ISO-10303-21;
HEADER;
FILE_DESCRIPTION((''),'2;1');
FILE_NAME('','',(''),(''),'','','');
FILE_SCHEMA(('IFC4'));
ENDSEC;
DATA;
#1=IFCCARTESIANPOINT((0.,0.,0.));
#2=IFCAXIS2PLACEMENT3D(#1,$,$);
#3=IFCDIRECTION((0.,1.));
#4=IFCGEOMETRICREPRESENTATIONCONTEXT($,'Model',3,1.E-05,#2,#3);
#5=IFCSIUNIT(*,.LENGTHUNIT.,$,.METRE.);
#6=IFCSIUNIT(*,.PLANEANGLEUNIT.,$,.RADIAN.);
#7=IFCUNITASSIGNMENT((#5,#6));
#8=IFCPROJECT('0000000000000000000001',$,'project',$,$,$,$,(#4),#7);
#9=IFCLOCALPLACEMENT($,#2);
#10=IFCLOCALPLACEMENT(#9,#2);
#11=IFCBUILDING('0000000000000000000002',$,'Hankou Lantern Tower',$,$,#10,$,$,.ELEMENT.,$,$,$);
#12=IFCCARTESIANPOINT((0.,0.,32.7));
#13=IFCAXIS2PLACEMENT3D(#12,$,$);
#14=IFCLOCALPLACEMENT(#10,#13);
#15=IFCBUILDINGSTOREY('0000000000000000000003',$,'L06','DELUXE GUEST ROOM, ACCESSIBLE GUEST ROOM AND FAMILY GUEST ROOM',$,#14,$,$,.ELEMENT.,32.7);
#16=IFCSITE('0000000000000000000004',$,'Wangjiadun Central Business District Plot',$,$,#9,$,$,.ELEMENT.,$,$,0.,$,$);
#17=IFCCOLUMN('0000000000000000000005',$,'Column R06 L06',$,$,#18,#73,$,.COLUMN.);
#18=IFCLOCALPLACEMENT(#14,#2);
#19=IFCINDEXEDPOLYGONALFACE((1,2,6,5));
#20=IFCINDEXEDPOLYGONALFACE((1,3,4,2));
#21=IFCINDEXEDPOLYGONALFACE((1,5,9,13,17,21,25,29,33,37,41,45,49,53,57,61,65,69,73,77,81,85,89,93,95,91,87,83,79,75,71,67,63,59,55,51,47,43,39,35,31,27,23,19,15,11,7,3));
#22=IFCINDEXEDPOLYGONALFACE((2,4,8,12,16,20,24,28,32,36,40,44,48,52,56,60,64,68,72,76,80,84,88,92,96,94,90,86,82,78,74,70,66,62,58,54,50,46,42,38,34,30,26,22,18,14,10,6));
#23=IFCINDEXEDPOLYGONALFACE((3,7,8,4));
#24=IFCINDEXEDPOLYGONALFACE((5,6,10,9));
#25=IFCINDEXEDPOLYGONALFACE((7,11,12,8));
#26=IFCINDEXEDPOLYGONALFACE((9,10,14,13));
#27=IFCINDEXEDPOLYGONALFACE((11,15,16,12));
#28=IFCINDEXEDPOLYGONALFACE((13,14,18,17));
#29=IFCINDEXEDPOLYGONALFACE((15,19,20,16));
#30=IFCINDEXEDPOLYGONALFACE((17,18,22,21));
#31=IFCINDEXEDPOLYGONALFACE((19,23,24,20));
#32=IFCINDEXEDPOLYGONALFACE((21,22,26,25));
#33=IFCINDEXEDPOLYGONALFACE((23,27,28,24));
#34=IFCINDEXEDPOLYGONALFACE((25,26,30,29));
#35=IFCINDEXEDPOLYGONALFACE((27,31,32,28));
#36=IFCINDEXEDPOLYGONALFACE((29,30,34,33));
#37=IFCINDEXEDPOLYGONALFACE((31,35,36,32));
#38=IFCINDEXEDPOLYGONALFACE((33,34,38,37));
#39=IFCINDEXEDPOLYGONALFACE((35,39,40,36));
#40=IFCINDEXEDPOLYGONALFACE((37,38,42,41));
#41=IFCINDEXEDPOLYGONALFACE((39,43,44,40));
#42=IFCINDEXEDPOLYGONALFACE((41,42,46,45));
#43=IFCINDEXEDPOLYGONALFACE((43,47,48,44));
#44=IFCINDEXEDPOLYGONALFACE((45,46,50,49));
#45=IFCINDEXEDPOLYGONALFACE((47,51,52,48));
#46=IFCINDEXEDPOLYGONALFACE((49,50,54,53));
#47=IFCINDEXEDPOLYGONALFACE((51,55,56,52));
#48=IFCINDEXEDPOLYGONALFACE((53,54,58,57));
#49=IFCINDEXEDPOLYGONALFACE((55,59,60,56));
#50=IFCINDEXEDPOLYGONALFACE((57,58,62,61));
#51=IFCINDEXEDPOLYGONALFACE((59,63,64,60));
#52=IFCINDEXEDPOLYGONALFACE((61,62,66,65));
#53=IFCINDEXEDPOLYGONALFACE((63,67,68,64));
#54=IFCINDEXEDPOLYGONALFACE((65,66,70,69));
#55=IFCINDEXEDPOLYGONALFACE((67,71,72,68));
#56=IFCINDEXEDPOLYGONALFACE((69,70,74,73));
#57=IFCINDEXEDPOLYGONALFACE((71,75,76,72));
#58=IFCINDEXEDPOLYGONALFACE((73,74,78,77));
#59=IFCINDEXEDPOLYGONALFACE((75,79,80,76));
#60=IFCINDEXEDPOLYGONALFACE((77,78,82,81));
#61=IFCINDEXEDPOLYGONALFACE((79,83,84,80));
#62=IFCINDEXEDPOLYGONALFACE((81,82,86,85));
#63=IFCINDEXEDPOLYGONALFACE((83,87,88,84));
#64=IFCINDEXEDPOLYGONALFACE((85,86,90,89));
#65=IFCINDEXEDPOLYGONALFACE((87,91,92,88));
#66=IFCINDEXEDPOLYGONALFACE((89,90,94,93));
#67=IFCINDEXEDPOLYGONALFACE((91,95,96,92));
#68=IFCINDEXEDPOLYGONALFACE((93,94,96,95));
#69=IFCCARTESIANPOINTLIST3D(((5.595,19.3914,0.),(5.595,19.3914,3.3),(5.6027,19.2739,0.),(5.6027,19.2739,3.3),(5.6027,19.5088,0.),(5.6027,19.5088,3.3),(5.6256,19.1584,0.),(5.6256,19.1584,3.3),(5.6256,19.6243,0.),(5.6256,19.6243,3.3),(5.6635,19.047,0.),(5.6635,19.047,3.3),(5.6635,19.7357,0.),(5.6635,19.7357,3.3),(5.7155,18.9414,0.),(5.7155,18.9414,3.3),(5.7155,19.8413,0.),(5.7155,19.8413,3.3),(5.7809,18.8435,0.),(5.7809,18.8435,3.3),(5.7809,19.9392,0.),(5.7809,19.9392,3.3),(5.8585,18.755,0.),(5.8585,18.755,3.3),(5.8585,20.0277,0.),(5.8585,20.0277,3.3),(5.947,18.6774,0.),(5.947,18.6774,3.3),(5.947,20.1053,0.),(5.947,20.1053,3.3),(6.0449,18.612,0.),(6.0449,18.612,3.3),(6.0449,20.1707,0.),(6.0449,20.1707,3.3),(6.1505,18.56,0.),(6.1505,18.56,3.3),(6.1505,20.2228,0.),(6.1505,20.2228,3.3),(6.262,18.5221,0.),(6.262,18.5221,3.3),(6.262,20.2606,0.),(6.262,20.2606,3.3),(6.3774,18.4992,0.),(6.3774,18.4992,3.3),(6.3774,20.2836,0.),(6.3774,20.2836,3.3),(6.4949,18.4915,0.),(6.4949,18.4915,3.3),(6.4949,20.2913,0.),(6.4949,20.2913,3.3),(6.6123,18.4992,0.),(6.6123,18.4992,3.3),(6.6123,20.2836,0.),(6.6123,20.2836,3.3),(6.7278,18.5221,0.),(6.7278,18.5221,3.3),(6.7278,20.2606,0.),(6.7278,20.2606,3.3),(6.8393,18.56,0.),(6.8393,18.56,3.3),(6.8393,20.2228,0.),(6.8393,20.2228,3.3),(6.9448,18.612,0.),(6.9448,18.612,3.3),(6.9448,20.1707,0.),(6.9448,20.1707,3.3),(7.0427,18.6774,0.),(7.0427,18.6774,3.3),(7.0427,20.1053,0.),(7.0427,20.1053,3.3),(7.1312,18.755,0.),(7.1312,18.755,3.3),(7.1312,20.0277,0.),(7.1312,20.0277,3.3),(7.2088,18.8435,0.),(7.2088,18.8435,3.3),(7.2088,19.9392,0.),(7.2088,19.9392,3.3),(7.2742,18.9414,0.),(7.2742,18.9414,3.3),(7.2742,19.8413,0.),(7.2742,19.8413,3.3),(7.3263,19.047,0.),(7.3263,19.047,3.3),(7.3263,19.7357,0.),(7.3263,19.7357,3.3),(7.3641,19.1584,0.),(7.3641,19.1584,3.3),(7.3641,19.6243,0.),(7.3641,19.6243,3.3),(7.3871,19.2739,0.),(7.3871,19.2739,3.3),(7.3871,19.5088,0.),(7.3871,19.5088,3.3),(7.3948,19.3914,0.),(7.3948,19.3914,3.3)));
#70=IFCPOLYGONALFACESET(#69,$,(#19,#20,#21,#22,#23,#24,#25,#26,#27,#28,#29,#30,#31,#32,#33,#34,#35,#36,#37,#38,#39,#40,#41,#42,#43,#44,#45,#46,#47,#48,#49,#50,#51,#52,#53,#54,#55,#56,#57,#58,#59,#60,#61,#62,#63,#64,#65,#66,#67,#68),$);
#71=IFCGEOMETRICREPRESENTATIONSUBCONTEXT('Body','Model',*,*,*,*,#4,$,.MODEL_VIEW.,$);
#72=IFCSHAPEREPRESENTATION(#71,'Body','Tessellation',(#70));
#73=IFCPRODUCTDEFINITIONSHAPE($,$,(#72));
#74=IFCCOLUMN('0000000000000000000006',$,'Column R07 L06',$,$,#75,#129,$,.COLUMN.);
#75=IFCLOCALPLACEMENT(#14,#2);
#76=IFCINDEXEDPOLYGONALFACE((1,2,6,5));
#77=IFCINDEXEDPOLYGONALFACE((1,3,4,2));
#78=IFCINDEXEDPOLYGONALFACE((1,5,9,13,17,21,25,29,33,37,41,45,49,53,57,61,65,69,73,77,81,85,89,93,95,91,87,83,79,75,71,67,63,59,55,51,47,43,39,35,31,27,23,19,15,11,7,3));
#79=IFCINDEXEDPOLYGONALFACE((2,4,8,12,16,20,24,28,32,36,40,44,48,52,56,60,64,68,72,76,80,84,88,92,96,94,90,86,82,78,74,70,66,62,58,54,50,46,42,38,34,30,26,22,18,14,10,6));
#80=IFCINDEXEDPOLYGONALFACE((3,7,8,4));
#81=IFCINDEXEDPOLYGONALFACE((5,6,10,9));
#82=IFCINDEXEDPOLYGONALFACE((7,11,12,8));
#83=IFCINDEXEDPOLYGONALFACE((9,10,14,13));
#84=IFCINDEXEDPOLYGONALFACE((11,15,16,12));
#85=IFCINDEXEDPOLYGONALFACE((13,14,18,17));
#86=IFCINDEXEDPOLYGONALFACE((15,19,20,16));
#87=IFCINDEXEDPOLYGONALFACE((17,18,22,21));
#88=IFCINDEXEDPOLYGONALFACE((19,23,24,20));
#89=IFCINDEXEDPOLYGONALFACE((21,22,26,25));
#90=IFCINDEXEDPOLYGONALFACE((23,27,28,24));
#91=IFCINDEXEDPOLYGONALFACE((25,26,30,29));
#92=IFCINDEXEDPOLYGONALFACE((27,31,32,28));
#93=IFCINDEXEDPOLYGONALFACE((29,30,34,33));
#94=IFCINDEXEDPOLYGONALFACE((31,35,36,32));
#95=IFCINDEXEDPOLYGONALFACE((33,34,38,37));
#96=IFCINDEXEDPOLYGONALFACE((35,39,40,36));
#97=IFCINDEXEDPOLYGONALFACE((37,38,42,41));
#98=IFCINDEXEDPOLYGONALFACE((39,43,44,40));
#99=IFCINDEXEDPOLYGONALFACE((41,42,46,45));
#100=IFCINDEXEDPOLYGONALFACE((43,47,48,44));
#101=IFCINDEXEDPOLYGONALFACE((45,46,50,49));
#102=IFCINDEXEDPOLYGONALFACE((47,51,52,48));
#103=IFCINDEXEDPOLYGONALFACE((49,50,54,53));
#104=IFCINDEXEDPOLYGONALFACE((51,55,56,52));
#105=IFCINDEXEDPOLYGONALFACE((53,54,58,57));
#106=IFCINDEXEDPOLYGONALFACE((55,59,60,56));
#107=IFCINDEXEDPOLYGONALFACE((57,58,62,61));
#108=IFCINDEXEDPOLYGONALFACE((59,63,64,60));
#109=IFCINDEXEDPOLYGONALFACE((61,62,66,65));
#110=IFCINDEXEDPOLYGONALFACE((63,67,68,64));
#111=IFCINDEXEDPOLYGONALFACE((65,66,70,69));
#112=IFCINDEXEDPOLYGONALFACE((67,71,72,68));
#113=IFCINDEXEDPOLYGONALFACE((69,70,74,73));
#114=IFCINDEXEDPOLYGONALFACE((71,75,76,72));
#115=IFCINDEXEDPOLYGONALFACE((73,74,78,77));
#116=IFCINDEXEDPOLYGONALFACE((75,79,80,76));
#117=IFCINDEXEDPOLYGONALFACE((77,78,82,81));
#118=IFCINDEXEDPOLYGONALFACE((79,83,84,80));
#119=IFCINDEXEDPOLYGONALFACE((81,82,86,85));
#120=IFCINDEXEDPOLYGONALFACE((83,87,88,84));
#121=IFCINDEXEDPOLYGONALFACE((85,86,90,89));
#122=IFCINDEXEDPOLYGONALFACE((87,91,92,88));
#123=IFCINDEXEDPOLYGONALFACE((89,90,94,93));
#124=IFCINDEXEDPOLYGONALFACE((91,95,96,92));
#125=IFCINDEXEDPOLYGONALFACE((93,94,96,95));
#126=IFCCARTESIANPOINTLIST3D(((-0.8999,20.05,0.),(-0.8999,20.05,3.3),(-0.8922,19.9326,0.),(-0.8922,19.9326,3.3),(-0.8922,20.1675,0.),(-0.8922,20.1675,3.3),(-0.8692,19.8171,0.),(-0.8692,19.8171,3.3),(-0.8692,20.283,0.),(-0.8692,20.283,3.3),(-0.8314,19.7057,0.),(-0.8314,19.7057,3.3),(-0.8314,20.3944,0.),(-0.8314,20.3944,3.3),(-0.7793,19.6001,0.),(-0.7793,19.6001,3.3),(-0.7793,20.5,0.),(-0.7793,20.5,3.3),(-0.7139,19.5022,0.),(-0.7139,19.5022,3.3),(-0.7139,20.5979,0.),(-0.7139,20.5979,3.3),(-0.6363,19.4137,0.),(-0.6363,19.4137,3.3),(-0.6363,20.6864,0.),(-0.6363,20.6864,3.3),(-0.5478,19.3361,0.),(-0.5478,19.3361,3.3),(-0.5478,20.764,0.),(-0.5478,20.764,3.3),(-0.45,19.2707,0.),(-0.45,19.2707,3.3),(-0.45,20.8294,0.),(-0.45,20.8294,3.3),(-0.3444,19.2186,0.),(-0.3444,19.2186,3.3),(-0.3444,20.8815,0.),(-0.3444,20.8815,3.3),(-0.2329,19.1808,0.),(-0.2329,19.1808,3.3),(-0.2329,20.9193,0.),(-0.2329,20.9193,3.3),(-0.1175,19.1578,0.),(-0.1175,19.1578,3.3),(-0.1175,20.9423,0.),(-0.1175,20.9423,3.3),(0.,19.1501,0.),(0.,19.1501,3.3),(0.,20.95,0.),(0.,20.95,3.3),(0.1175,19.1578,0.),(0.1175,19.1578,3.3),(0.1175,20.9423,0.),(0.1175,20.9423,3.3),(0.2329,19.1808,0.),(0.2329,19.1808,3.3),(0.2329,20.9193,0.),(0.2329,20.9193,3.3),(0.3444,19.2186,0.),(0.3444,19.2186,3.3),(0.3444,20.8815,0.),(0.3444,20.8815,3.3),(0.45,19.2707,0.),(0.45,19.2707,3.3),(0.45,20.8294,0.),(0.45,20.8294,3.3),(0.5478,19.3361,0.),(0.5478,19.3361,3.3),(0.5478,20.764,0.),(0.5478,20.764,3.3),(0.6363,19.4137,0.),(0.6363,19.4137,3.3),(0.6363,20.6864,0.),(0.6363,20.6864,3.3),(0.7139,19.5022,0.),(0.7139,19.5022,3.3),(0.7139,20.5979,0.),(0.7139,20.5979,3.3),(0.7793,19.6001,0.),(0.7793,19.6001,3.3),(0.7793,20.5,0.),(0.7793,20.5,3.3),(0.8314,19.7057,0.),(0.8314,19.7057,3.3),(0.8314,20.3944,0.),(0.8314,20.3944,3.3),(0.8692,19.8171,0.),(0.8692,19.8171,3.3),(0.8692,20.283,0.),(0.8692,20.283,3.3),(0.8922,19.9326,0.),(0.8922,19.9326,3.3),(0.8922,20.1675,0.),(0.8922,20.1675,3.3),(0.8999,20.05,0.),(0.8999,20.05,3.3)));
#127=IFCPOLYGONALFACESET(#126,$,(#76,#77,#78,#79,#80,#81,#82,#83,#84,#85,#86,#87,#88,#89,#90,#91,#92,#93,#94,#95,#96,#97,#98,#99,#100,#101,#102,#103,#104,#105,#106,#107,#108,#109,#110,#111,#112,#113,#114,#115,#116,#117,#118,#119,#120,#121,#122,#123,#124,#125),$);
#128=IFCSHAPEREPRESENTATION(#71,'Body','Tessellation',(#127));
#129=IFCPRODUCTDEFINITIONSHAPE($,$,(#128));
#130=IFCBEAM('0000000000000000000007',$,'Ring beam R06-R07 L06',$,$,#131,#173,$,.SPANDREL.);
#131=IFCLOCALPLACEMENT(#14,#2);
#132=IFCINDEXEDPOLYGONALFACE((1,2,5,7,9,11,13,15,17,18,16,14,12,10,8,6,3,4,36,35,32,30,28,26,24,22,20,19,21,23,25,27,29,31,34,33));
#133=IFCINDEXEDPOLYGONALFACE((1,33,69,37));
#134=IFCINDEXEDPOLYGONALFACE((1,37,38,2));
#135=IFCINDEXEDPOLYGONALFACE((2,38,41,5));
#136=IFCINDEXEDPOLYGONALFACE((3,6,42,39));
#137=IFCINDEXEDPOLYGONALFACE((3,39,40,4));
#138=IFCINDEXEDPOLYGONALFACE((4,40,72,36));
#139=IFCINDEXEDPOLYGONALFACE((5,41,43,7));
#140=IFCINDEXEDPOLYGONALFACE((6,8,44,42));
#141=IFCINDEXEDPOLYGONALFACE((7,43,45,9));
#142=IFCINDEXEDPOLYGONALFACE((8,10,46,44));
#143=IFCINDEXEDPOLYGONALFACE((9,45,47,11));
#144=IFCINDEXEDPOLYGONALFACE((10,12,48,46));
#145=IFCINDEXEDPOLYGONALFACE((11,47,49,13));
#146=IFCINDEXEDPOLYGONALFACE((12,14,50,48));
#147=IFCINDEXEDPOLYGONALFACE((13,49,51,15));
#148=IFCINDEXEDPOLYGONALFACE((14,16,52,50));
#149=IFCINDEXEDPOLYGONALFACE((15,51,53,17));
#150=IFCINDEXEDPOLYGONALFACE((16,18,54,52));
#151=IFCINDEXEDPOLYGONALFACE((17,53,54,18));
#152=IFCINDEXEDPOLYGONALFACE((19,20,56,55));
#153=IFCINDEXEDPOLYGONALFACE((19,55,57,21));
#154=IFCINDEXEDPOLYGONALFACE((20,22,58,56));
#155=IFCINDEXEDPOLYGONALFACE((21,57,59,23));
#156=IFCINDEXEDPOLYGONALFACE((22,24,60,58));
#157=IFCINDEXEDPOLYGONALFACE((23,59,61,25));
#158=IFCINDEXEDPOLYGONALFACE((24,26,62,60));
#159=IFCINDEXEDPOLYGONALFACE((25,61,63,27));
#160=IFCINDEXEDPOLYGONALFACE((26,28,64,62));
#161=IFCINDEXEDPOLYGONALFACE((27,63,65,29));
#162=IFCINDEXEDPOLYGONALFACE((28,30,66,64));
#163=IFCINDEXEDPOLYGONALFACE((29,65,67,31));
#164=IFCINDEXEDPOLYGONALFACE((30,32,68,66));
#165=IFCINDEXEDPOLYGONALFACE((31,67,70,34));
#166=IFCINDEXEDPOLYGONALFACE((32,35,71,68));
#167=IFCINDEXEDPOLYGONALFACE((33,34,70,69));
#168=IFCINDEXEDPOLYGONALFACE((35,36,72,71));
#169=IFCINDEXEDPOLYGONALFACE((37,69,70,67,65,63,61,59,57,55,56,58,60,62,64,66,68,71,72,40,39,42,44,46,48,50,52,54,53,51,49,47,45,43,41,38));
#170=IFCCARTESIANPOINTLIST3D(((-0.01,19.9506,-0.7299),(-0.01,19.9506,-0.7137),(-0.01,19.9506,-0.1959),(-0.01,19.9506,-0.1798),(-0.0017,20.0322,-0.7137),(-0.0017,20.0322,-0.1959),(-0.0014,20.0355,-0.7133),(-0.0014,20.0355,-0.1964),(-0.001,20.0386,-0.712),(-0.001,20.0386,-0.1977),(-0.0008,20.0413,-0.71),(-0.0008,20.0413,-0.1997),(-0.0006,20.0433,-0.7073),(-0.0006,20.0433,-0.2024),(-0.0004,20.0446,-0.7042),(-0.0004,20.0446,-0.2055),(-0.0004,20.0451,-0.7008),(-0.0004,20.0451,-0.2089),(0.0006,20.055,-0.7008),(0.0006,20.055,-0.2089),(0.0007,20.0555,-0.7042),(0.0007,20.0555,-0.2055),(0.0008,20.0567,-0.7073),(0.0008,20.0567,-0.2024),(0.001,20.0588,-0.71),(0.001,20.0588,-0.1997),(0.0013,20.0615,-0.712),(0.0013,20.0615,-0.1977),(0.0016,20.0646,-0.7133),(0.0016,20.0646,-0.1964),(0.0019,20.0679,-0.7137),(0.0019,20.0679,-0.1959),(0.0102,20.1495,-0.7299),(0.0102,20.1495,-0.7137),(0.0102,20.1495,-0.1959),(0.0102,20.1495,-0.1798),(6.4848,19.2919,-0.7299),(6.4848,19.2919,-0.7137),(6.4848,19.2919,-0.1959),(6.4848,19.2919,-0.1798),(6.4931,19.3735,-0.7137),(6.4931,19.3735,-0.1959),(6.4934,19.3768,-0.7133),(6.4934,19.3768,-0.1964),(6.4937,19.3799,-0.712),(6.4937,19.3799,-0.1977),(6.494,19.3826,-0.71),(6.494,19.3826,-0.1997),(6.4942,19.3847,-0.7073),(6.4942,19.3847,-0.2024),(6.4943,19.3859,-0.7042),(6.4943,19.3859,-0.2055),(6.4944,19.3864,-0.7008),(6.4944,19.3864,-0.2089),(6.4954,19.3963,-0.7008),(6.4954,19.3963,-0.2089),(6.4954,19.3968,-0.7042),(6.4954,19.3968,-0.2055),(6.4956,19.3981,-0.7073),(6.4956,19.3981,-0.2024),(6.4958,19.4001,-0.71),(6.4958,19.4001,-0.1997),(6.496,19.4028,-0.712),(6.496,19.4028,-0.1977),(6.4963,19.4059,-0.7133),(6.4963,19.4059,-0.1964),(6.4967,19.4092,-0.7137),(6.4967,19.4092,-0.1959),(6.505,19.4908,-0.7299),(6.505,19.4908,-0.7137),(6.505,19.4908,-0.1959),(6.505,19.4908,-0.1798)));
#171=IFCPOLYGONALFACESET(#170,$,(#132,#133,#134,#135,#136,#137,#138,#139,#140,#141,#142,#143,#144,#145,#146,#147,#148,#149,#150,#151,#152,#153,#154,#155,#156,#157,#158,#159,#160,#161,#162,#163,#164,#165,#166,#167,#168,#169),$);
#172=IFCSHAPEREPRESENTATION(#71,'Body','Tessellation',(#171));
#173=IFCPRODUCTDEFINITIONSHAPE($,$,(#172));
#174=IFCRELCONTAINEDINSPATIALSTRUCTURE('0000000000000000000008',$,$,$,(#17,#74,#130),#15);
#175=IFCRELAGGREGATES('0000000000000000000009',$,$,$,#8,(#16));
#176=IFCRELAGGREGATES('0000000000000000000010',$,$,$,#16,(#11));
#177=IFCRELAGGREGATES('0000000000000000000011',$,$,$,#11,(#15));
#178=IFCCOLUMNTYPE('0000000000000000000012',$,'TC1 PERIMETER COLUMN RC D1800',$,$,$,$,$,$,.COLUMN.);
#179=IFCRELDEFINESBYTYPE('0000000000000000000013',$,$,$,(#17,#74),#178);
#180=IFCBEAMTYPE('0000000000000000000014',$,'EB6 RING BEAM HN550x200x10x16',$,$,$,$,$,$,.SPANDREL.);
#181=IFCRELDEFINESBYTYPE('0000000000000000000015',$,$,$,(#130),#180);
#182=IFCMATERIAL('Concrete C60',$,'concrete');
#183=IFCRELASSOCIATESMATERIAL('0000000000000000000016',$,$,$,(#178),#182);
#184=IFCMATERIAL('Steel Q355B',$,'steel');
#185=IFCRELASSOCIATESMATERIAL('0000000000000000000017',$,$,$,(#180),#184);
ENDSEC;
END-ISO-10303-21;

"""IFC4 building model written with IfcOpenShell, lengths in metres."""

from ifc_helpers import new_model, si_unit, direction, frame, origin, origin_2d, place, context, subcontext, project, spatial, circle, i_section, extrude, material, material_profile, profile_set, type_object, element, save


model = new_model("IFC4")

# Units and contexts
model_context = context("Model", 3, precision=1e-05, world=origin(), true_north=direction((0.0, 1.0)))
body_context = subcontext(model_context, "Body", "Model", "MODEL_VIEW")
ifc_project = project(units=[si_unit("LENGTHUNIT", "METRE"), si_unit("PLANEANGLEUNIT", "RADIAN")], contexts=[model_context])

# Site, building, storey
site_placement = place(None, origin())
site = spatial("IfcSite", under=ifc_project, at=site_placement, Name="Wangjiadun Central Business District Plot", CompositionType="ELEMENT", RefElevation=0.0)
building_placement = place(site_placement, origin())
building = spatial("IfcBuilding", under=site, at=building_placement, Name="Hankou Lantern Tower", CompositionType="ELEMENT")
storey_placement = place(building_placement, frame((0.0, 0.0, 32.7)))
storey = spatial("IfcBuildingStorey", under=building, at=storey_placement, Name="L06", Description="DELUXE GUEST ROOM, ACCESSIBLE GUEST ROOM AND FAMILY GUEST ROOM", CompositionType="ELEMENT", Elevation=32.7)

# Columns
ifc_material_1 = material(Name="Concrete C60", Category="concrete")
ifc_material_profile_1 = material_profile(ifc_material_1, circle(Radius=0.8999, at=origin_2d()), Name="RC D1800")
ifc_profile_set_1 = profile_set([ifc_material_profile_1], Name="Concrete C60")
column_type = type_object("IfcColumnType", Name="TC1 PERIMETER COLUMN RC D1800", PredefinedType="COLUMN", material=ifc_profile_set_1)
for number, where, z_axis, x_axis, name in (
    (1, (6.4949, 19.3914, 0.0), (0.0, 0.0, 1.0), (1.0, 0.0, 0.0), "Column R06 L06"),
    (2, (0.0, 20.05, 0.0), (0.0, 0.0, 1.0), (1.0, 0.0, 0.0), "Column R07 L06"),
):
    element("IfcColumn", number, at=place(storey_placement, frame(where, z_axis=z_axis, x_axis=x_axis)), inside=storey, type_object=column_type, Name=name, PredefinedType="COLUMN", context=body_context, shape_type="SweptSolid", body=[
        extrude(circle(Radius=0.8999, at=origin_2d()), origin(), (0.0, 0.0, 1.0), 3.3),
    ])

# Beam
ifc_material_2 = material(Name="Steel Q355B", Category="steel")
ifc_material_profile_2 = material_profile(ifc_material_2, i_section(OverallWidth=0.2, OverallDepth=0.55, WebThickness=0.01, FlangeThickness=0.0161, FilletRadius=0.0129, at=origin_2d()), Name="HN550x200x10x16")
ifc_profile_set_2 = profile_set([ifc_material_profile_2], Name="Steel Q355B")
beam_type_1 = type_object("IfcBeamType", Name="EB6 RING BEAM HN550x200x10x16", PredefinedType="SPANDREL", material=ifc_profile_set_2)
for number, where, z_axis, x_axis, name in (
    (3, (6.4949, 19.3914, -0.4548), (-0.994897, 0.1009, 0.0), (-0.1009, -0.994897, 0.0), "Ring beam R06-R07 L06"),
):
    element("IfcBeam", number, at=place(storey_placement, frame(where, z_axis=z_axis, x_axis=x_axis)), inside=storey, type_object=beam_type_1, Name=name, PredefinedType="SPANDREL", context=body_context, shape_type="SweptSolid", body=[
        extrude(i_section(OverallWidth=0.2, OverallDepth=0.55, WebThickness=0.01, FlangeThickness=0.0161, FilletRadius=0.0129, at=origin_2d()), origin(), (0.0, 0.0, 1.0), 6.5281),
    ])

save(model, "model.ifc")
